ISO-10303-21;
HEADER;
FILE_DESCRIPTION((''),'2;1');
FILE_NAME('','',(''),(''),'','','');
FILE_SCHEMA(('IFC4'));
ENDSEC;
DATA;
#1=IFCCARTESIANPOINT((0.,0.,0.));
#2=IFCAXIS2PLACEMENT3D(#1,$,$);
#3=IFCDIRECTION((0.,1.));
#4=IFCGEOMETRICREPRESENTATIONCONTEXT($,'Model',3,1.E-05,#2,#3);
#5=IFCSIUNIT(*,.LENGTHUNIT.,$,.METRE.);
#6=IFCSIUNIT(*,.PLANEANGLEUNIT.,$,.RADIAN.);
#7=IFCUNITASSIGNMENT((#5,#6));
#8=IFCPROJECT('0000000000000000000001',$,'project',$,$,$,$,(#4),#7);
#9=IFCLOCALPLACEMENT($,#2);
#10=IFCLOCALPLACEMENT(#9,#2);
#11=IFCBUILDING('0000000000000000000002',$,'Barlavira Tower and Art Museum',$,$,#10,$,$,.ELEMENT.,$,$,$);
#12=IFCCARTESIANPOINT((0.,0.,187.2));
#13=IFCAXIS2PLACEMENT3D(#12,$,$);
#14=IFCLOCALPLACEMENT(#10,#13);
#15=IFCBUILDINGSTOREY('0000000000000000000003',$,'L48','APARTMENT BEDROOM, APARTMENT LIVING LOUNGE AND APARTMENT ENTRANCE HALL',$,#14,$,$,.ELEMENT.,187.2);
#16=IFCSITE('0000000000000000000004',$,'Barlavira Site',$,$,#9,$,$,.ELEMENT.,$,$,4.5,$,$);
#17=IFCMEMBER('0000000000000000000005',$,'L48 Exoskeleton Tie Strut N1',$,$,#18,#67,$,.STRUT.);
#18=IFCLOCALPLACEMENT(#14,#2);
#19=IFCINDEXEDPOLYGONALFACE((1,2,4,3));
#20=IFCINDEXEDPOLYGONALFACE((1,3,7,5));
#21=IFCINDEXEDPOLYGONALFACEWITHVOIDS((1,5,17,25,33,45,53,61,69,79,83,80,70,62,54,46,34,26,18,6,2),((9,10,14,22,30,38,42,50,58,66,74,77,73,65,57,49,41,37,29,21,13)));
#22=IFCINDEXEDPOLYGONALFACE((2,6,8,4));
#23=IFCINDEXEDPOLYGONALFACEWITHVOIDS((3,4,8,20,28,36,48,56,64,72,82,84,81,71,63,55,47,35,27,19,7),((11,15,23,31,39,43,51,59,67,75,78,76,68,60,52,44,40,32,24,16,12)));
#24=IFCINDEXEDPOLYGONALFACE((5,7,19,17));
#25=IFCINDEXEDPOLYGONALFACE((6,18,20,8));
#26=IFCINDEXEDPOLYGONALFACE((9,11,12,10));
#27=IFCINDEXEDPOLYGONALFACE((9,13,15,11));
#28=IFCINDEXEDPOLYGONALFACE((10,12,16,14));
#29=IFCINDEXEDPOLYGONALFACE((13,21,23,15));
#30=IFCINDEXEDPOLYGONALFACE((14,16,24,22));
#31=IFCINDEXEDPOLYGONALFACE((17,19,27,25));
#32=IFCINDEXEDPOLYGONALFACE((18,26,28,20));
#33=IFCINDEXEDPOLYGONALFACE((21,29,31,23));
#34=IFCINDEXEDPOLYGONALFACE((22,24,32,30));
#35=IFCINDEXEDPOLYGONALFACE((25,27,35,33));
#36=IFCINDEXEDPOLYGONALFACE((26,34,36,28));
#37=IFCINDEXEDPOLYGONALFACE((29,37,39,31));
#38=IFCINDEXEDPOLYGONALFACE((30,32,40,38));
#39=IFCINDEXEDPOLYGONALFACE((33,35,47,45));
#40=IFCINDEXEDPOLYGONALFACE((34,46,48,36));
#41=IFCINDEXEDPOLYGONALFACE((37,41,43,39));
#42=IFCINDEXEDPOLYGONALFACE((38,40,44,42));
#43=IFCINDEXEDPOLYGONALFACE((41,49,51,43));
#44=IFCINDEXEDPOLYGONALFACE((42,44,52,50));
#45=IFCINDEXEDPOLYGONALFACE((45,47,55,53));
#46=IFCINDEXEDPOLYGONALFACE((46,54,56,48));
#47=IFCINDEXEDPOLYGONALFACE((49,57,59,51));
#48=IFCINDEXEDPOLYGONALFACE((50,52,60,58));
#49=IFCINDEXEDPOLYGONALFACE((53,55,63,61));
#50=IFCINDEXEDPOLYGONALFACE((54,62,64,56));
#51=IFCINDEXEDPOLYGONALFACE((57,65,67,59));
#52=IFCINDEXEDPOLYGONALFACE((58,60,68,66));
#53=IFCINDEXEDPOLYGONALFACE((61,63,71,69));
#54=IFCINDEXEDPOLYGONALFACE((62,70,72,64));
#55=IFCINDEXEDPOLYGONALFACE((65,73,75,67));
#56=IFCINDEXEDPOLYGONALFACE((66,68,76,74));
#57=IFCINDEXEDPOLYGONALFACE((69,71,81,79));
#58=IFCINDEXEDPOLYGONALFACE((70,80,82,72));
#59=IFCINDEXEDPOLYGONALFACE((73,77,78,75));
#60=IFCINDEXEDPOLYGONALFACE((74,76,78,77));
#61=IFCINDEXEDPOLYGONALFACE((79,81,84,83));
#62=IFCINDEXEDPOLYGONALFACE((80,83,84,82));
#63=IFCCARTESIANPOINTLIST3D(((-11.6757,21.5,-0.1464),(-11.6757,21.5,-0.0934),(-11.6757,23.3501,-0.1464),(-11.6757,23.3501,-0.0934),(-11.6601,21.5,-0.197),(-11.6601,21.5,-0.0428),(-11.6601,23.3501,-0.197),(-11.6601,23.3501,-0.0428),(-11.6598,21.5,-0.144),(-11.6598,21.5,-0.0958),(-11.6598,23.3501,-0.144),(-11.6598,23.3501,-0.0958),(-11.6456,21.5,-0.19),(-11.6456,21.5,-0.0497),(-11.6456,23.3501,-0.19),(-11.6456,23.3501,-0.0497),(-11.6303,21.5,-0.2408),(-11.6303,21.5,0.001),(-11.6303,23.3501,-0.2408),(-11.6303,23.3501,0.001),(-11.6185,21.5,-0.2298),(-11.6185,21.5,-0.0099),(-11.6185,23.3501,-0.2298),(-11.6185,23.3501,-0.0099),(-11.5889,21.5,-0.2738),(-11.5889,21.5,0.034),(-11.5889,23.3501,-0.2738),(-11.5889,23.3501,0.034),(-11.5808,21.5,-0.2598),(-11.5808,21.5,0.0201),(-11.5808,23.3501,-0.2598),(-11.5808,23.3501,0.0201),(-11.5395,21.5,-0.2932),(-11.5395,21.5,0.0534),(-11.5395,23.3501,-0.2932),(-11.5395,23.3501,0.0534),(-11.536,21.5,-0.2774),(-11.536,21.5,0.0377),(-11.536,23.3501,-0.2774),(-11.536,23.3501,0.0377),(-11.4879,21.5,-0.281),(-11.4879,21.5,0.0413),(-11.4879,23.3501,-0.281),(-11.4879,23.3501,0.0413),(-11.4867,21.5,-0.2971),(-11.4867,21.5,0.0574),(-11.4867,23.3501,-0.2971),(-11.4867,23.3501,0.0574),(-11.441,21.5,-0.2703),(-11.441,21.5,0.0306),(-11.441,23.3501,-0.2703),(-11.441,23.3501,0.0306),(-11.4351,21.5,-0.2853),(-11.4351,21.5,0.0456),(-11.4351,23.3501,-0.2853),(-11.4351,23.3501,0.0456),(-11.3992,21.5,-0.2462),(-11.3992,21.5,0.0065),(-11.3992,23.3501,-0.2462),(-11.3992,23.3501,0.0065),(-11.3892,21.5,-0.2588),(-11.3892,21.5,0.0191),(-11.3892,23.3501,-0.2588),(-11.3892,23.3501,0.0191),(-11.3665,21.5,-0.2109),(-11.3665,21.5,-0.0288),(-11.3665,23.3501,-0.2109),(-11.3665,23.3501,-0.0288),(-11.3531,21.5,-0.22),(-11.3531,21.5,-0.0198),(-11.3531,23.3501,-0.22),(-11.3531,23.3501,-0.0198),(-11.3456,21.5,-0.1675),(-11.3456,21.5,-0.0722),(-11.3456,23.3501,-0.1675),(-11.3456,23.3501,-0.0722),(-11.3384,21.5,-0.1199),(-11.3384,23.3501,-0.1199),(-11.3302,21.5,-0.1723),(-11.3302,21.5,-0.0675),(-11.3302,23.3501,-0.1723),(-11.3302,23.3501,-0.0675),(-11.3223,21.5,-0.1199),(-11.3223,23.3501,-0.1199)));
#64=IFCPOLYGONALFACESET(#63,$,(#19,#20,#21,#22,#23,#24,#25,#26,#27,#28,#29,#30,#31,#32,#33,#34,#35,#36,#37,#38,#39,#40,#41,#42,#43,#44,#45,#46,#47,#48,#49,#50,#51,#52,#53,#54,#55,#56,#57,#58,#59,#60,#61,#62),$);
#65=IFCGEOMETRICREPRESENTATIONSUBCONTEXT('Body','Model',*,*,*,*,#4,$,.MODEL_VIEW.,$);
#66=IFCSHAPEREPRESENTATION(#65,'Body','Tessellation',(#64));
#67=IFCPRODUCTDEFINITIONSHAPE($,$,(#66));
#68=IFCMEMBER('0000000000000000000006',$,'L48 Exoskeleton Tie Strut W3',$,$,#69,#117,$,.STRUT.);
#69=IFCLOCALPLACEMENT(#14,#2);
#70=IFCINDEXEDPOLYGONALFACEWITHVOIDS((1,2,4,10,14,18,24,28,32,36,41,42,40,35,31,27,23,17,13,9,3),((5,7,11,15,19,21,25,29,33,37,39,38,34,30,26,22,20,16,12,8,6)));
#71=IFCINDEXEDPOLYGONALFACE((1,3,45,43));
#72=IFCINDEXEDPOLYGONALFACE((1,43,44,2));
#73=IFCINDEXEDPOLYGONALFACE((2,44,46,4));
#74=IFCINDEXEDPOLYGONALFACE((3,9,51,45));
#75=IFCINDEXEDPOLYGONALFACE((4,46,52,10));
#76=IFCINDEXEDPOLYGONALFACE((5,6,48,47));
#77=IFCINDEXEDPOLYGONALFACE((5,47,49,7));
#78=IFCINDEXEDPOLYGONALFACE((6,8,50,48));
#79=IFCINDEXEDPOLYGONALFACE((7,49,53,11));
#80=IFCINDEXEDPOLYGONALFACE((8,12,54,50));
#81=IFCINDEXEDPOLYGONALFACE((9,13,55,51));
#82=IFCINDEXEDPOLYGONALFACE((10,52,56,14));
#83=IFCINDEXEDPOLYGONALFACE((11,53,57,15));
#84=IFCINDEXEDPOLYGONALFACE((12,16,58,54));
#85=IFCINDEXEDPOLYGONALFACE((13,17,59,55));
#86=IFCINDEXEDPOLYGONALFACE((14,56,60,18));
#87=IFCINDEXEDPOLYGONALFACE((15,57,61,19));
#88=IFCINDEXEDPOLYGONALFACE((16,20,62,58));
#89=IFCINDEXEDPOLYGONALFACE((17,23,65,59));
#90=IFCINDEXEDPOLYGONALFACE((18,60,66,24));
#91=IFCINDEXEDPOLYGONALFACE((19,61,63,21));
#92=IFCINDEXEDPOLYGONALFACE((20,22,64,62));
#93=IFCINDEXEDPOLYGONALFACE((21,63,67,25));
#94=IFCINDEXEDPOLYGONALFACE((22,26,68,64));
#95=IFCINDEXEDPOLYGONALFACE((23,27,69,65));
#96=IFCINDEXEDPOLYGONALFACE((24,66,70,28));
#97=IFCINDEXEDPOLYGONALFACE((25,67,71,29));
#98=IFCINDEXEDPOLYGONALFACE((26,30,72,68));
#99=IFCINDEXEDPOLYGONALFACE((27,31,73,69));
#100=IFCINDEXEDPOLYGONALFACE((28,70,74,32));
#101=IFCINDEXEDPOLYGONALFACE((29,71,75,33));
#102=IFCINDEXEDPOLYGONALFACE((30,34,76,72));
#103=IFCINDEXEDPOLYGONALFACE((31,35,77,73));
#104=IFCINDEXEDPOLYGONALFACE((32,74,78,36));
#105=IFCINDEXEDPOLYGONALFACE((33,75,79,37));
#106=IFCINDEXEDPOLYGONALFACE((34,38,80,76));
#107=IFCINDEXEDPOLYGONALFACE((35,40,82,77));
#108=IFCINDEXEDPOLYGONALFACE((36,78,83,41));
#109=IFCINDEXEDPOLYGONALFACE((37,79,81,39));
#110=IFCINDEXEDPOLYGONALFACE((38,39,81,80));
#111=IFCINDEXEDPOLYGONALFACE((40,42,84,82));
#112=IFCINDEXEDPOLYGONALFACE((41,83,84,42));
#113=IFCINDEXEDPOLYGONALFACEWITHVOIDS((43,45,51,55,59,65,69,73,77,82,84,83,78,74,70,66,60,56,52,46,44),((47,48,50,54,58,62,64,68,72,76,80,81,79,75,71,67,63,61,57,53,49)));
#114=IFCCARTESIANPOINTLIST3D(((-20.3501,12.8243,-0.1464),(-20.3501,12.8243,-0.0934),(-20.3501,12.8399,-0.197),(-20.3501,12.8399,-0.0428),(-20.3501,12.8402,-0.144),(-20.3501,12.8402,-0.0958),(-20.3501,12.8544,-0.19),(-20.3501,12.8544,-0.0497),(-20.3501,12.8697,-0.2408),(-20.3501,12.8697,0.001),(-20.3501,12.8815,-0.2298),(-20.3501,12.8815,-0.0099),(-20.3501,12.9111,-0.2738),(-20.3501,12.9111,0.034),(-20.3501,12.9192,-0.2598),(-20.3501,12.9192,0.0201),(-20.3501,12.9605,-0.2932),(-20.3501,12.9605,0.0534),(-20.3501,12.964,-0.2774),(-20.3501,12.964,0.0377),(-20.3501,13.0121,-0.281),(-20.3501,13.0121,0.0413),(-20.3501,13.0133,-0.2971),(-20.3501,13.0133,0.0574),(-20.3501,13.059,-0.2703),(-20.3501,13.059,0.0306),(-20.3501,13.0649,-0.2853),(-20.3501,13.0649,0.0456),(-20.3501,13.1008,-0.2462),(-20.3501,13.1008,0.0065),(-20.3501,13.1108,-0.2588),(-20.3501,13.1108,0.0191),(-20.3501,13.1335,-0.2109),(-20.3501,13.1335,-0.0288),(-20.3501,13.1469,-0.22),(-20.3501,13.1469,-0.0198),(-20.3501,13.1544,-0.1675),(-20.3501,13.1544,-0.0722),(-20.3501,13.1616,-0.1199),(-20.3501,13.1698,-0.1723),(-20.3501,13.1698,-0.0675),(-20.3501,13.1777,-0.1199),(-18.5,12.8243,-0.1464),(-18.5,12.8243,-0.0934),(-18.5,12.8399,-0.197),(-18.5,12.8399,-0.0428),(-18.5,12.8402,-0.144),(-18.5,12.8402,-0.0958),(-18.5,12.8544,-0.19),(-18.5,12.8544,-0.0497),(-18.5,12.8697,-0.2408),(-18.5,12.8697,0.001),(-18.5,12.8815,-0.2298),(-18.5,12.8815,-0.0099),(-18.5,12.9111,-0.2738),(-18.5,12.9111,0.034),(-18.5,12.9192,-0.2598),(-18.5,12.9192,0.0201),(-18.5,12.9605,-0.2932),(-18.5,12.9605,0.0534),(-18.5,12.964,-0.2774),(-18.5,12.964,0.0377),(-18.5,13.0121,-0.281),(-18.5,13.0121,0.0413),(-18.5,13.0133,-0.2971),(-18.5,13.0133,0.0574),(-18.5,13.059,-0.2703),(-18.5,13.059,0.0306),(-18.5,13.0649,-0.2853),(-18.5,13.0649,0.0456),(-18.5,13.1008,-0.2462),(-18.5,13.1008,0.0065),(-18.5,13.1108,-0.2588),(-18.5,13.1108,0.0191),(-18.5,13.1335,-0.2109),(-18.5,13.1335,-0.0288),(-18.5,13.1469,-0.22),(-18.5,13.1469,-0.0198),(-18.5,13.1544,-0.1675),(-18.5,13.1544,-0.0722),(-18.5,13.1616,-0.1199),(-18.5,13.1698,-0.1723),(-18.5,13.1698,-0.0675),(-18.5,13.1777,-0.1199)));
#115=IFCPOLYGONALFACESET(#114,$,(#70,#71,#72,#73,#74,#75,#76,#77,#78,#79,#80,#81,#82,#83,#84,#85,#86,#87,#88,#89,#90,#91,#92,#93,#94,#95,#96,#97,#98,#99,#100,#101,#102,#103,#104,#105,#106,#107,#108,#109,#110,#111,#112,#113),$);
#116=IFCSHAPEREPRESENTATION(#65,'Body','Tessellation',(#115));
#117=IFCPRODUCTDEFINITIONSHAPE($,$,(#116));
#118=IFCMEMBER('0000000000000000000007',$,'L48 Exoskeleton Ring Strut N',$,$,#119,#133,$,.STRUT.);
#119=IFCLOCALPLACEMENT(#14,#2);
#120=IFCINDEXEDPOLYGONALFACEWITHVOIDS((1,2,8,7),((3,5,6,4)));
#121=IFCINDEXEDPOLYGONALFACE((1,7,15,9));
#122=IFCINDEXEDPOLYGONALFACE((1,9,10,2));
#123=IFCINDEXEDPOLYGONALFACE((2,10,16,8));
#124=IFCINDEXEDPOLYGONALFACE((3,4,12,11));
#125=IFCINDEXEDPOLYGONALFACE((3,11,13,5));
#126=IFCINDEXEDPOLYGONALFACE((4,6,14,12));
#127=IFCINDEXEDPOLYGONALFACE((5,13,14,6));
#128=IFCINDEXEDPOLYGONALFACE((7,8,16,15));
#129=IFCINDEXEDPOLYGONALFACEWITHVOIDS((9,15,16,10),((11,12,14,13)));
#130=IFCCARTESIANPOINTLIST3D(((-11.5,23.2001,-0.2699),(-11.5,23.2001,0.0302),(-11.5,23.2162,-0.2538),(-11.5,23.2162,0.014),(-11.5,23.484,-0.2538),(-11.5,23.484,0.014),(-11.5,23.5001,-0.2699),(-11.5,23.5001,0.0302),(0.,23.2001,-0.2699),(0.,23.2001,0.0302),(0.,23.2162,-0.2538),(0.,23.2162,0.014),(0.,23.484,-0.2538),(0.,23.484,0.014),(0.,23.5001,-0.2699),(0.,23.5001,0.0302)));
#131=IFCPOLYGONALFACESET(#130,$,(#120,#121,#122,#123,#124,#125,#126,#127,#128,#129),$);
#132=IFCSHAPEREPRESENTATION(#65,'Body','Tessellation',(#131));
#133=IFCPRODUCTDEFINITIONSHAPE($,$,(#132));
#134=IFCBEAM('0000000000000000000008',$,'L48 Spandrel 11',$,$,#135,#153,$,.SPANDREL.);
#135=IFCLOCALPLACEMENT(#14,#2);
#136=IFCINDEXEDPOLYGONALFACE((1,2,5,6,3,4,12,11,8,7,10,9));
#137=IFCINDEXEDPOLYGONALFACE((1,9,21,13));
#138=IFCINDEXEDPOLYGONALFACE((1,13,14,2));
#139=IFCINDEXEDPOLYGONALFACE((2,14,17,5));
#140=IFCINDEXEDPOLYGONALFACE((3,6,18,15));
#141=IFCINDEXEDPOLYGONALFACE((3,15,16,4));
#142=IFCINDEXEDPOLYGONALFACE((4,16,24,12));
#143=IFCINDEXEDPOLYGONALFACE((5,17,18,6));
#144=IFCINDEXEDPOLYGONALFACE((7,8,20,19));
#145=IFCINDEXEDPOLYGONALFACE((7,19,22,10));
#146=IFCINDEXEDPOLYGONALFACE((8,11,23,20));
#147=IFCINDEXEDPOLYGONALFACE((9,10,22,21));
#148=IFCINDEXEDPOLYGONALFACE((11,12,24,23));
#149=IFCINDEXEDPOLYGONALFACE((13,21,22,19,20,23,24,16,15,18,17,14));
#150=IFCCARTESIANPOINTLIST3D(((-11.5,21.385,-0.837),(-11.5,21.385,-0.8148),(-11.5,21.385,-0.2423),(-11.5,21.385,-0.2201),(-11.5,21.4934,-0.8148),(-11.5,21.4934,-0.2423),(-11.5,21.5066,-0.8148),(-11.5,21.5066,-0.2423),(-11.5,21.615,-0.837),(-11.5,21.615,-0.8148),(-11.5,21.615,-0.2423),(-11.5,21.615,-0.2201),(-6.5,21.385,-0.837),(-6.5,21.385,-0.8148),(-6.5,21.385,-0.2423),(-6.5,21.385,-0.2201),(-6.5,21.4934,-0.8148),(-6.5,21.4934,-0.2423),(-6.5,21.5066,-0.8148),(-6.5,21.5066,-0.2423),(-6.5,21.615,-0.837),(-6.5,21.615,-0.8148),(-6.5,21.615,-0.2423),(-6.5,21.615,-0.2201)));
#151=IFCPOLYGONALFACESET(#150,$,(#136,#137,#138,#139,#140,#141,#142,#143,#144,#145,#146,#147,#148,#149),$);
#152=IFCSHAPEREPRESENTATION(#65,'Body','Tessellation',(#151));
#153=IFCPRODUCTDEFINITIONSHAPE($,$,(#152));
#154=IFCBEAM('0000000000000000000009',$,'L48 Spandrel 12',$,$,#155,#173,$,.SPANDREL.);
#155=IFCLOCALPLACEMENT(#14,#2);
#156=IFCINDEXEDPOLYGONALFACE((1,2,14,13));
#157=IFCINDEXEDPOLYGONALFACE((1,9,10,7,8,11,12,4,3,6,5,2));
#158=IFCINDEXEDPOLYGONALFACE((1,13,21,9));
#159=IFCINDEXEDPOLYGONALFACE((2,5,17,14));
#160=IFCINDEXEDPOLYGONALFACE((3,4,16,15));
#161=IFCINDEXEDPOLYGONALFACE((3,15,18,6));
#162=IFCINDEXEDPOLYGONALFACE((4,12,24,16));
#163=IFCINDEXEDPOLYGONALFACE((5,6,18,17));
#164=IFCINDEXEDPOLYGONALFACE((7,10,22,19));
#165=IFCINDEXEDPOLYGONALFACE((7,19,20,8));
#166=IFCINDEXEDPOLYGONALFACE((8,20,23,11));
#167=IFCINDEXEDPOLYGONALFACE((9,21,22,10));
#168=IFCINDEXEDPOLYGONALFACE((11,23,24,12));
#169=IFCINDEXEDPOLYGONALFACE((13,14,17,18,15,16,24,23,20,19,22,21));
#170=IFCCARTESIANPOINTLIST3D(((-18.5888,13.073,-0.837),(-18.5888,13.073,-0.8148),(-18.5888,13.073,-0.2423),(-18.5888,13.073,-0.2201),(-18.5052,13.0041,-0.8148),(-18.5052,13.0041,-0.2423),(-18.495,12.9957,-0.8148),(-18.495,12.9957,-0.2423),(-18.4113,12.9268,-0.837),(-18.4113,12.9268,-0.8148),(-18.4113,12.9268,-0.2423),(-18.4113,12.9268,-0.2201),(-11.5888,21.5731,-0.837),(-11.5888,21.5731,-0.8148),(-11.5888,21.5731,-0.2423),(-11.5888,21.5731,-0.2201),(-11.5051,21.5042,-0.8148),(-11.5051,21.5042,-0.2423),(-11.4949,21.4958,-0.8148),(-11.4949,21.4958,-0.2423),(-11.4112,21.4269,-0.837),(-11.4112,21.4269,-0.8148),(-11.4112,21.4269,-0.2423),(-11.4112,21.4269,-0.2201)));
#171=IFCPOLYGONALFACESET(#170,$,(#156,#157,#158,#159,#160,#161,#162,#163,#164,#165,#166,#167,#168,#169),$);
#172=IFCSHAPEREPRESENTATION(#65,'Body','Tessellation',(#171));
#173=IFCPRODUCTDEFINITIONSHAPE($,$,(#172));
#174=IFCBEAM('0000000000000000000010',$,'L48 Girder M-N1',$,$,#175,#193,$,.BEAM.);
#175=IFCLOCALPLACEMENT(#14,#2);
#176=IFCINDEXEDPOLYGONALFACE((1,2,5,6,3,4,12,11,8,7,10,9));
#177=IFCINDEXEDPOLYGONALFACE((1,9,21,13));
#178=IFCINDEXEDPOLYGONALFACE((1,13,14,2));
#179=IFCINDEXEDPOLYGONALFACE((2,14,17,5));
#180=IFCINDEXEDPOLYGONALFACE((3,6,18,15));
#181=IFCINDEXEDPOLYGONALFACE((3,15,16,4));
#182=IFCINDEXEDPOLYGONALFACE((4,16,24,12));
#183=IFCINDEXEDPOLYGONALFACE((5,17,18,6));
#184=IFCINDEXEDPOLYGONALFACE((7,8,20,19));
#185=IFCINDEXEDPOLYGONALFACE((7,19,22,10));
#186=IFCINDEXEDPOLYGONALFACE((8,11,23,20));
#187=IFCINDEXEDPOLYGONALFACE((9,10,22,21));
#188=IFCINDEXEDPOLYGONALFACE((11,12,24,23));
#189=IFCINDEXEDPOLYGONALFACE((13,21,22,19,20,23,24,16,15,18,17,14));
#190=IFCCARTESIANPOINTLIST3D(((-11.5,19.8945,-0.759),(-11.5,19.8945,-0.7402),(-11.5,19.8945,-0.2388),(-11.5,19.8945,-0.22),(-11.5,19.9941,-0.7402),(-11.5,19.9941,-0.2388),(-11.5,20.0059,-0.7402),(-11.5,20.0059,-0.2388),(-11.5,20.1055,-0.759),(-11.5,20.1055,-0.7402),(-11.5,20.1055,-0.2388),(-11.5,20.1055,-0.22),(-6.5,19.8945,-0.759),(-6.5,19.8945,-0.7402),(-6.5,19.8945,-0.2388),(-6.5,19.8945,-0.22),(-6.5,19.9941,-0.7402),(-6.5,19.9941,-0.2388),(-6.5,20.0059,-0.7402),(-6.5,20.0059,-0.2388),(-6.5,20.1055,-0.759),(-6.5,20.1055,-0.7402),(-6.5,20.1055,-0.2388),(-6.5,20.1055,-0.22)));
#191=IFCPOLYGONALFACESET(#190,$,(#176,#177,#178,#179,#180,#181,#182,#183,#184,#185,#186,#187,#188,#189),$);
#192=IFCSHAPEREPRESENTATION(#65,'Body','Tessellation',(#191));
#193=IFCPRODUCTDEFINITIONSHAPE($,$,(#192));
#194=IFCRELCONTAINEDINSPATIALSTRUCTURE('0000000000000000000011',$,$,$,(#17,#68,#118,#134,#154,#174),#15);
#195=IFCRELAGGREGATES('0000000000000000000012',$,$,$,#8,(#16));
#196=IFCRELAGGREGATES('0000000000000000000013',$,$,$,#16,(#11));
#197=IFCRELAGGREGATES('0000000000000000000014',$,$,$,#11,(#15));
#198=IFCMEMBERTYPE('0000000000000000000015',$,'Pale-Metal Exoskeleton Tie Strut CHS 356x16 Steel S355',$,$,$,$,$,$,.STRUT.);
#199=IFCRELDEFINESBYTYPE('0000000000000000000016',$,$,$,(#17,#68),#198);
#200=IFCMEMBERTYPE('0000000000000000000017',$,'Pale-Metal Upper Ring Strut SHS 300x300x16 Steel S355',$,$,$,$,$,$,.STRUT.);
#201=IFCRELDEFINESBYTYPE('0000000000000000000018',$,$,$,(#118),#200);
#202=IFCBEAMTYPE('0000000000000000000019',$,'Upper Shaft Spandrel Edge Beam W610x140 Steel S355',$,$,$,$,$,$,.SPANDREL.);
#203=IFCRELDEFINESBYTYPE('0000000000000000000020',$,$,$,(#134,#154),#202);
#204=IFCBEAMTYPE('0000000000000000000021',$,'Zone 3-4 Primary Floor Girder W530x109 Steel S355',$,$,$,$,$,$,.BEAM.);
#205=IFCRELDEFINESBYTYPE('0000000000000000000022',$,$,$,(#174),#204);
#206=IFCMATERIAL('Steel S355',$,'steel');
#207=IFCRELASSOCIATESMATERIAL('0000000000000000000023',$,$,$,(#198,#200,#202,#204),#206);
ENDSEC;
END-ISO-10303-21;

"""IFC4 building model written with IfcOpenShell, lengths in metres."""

from ifc_helpers import new_model, si_unit, direction, frame, origin, origin_2d, place, context, subcontext, project, spatial, hollow_rectangle, hollow_circle, i_section, extrude, material, material_profile, profile_set, type_object, element, save


model = new_model("IFC4")

# Units and contexts
model_context = context("Model", 3, precision=1e-05, world=origin(), true_north=direction((0.0, 1.0)))
body_context = subcontext(model_context, "Body", "Model", "MODEL_VIEW")
ifc_project = project(units=[si_unit("LENGTHUNIT", "METRE"), si_unit("PLANEANGLEUNIT", "RADIAN")], contexts=[model_context])

# Site, building, storey
site_placement = place(None, origin())
site = spatial("IfcSite", under=ifc_project, at=site_placement, Name="Barlavira Site", CompositionType="ELEMENT", RefElevation=4.5)
building_placement = place(site_placement, origin())
building = spatial("IfcBuilding", under=site, at=building_placement, Name="Barlavira Tower and Art Museum", CompositionType="ELEMENT")
storey_placement = place(building_placement, frame((0.0, 0.0, 187.2)))
storey = spatial("IfcBuildingStorey", under=building, at=storey_placement, Name="L48", Description="APARTMENT BEDROOM, APARTMENT LIVING LOUNGE AND APARTMENT ENTRANCE HALL", CompositionType="ELEMENT", Elevation=187.2)

# Members
ifc_material_1 = material(Name="Steel S355", Category="steel")
ifc_material_profile_1 = material_profile(ifc_material_1, hollow_circle(Radius=0.1777, WallThickness=0.0161, at=origin_2d()), Name="CHS 355.6x16.0")
ifc_profile_set_1 = profile_set([ifc_material_profile_1], Name="Steel S355")
member_type_1 = type_object("IfcMemberType", Name="Pale-Metal Exoskeleton Tie Strut CHS 356x16 Steel S355", PredefinedType="STRUT", material=ifc_profile_set_1)
for number, where, z_axis, x_axis, name in (
    (1, (-11.5, 23.3501, -0.1199), (0.0, -1.0, 0.0), (1.0, 0.0, 0.0), "L48 Exoskeleton Tie Strut N1"),
    (2, (-20.3501, 13.0, -0.1199), (1.0, 0.0, 0.0), (0.0, 1.0, 0.0), "L48 Exoskeleton Tie Strut W3"),
):
    element("IfcMember", number, at=place(storey_placement, frame(where, z_axis=z_axis, x_axis=x_axis)), inside=storey, type_object=member_type_1, Name=name, PredefinedType="STRUT", context=body_context, shape_type="SweptSolid", body=[
        extrude(hollow_circle(Radius=0.1777, WallThickness=0.0161, at=origin_2d()), origin(), (0.0, 0.0, 1.0), 1.8501),
    ])
ifc_material_profile_2 = material_profile(ifc_material_1, hollow_rectangle(XDim=0.3, YDim=0.3, WallThickness=0.0161, at=origin_2d()), Name="SHS 300x300x16.0")
ifc_profile_set_2 = profile_set([ifc_material_profile_2], Name="Steel S355")
member_type_2 = type_object("IfcMemberType", Name="Pale-Metal Upper Ring Strut SHS 300x300x16 Steel S355", PredefinedType="STRUT", material=ifc_profile_set_2)
member_1_placement = place(storey_placement, frame((-11.5, 23.3501, -0.1199), z_axis=(1.0, 0.0, 0.0), x_axis=(0.0, 1.0, 0.0)))
element("IfcMember", 3, at=member_1_placement, inside=storey, type_object=member_type_2, Name="L48 Exoskeleton Ring Strut N", PredefinedType="STRUT", context=body_context, shape_type="SweptSolid", body=[
    extrude(hollow_rectangle(XDim=0.3, YDim=0.3, WallThickness=0.0161, at=origin_2d()), origin(), (0.0, 0.0, 1.0), 11.5),
])

# Beams
ifc_material_profile_3 = material_profile(ifc_material_1, i_section(OverallWidth=0.23, OverallDepth=0.6169, WebThickness=0.0132, FlangeThickness=0.0222, at=origin_2d()), Name="W610x140.0")
ifc_profile_set_3 = profile_set([ifc_material_profile_3], Name="Steel S355")
beam_type_1 = type_object("IfcBeamType", Name="Upper Shaft Spandrel Edge Beam W610x140 Steel S355", PredefinedType="SPANDREL", material=ifc_profile_set_3)
beam_1_placement = place(storey_placement, frame((-11.5, 21.5, -0.5286), z_axis=(1.0, 0.0, 0.0), x_axis=(0.0, 1.0, 0.0)))
element("IfcBeam", 4, at=beam_1_placement, inside=storey, type_object=beam_type_1, Name="L48 Spandrel 11", PredefinedType="SPANDREL", context=body_context, shape_type="SweptSolid", body=[
    extrude(i_section(OverallWidth=0.23, OverallDepth=0.6169, WebThickness=0.0132, FlangeThickness=0.0222, at=origin_2d()), origin(), (0.0, 0.0, 1.0), 5.0),
])
beam_2_placement = place(storey_placement, frame((-11.5, 21.5, -0.5286), z_axis=(-0.635707, -0.77193, 0.0), x_axis=(0.77193, -0.635707, 0.0)))
element("IfcBeam", 5, at=beam_2_placement, inside=storey, type_object=beam_type_1, Name="L48 Spandrel 12", PredefinedType="SPANDREL", context=body_context, shape_type="SweptSolid", body=[
    extrude(i_section(OverallWidth=0.23, OverallDepth=0.6169, WebThickness=0.0132, FlangeThickness=0.0222, at=origin_2d()), origin(), (0.0, 0.0, 1.0), 11.0115),
])
ifc_material_profile_4 = material_profile(ifc_material_1, i_section(OverallWidth=0.2109, OverallDepth=0.5391, WebThickness=0.0117, FlangeThickness=0.0188, at=origin_2d()), Name="W530x109.0")
ifc_profile_set_4 = profile_set([ifc_material_profile_4], Name="Steel S355")
beam_type_2 = type_object("IfcBeamType", Name="Zone 3-4 Primary Floor Girder W530x109 Steel S355", PredefinedType="BEAM", material=ifc_profile_set_4)
beam_3_placement = place(storey_placement, frame((-11.5, 20.0, -0.4895), z_axis=(1.0, 0.0, 0.0), x_axis=(0.0, 1.0, 0.0)))
element("IfcBeam", 6, at=beam_3_placement, inside=storey, type_object=beam_type_2, Name="L48 Girder M-N1", PredefinedType="BEAM", context=body_context, shape_type="SweptSolid", body=[
    extrude(i_section(OverallWidth=0.2109, OverallDepth=0.5391, WebThickness=0.0117, FlangeThickness=0.0188, at=origin_2d()), origin(), (0.0, 0.0, 1.0), 5.0),
])

save(model, "model.ifc")
